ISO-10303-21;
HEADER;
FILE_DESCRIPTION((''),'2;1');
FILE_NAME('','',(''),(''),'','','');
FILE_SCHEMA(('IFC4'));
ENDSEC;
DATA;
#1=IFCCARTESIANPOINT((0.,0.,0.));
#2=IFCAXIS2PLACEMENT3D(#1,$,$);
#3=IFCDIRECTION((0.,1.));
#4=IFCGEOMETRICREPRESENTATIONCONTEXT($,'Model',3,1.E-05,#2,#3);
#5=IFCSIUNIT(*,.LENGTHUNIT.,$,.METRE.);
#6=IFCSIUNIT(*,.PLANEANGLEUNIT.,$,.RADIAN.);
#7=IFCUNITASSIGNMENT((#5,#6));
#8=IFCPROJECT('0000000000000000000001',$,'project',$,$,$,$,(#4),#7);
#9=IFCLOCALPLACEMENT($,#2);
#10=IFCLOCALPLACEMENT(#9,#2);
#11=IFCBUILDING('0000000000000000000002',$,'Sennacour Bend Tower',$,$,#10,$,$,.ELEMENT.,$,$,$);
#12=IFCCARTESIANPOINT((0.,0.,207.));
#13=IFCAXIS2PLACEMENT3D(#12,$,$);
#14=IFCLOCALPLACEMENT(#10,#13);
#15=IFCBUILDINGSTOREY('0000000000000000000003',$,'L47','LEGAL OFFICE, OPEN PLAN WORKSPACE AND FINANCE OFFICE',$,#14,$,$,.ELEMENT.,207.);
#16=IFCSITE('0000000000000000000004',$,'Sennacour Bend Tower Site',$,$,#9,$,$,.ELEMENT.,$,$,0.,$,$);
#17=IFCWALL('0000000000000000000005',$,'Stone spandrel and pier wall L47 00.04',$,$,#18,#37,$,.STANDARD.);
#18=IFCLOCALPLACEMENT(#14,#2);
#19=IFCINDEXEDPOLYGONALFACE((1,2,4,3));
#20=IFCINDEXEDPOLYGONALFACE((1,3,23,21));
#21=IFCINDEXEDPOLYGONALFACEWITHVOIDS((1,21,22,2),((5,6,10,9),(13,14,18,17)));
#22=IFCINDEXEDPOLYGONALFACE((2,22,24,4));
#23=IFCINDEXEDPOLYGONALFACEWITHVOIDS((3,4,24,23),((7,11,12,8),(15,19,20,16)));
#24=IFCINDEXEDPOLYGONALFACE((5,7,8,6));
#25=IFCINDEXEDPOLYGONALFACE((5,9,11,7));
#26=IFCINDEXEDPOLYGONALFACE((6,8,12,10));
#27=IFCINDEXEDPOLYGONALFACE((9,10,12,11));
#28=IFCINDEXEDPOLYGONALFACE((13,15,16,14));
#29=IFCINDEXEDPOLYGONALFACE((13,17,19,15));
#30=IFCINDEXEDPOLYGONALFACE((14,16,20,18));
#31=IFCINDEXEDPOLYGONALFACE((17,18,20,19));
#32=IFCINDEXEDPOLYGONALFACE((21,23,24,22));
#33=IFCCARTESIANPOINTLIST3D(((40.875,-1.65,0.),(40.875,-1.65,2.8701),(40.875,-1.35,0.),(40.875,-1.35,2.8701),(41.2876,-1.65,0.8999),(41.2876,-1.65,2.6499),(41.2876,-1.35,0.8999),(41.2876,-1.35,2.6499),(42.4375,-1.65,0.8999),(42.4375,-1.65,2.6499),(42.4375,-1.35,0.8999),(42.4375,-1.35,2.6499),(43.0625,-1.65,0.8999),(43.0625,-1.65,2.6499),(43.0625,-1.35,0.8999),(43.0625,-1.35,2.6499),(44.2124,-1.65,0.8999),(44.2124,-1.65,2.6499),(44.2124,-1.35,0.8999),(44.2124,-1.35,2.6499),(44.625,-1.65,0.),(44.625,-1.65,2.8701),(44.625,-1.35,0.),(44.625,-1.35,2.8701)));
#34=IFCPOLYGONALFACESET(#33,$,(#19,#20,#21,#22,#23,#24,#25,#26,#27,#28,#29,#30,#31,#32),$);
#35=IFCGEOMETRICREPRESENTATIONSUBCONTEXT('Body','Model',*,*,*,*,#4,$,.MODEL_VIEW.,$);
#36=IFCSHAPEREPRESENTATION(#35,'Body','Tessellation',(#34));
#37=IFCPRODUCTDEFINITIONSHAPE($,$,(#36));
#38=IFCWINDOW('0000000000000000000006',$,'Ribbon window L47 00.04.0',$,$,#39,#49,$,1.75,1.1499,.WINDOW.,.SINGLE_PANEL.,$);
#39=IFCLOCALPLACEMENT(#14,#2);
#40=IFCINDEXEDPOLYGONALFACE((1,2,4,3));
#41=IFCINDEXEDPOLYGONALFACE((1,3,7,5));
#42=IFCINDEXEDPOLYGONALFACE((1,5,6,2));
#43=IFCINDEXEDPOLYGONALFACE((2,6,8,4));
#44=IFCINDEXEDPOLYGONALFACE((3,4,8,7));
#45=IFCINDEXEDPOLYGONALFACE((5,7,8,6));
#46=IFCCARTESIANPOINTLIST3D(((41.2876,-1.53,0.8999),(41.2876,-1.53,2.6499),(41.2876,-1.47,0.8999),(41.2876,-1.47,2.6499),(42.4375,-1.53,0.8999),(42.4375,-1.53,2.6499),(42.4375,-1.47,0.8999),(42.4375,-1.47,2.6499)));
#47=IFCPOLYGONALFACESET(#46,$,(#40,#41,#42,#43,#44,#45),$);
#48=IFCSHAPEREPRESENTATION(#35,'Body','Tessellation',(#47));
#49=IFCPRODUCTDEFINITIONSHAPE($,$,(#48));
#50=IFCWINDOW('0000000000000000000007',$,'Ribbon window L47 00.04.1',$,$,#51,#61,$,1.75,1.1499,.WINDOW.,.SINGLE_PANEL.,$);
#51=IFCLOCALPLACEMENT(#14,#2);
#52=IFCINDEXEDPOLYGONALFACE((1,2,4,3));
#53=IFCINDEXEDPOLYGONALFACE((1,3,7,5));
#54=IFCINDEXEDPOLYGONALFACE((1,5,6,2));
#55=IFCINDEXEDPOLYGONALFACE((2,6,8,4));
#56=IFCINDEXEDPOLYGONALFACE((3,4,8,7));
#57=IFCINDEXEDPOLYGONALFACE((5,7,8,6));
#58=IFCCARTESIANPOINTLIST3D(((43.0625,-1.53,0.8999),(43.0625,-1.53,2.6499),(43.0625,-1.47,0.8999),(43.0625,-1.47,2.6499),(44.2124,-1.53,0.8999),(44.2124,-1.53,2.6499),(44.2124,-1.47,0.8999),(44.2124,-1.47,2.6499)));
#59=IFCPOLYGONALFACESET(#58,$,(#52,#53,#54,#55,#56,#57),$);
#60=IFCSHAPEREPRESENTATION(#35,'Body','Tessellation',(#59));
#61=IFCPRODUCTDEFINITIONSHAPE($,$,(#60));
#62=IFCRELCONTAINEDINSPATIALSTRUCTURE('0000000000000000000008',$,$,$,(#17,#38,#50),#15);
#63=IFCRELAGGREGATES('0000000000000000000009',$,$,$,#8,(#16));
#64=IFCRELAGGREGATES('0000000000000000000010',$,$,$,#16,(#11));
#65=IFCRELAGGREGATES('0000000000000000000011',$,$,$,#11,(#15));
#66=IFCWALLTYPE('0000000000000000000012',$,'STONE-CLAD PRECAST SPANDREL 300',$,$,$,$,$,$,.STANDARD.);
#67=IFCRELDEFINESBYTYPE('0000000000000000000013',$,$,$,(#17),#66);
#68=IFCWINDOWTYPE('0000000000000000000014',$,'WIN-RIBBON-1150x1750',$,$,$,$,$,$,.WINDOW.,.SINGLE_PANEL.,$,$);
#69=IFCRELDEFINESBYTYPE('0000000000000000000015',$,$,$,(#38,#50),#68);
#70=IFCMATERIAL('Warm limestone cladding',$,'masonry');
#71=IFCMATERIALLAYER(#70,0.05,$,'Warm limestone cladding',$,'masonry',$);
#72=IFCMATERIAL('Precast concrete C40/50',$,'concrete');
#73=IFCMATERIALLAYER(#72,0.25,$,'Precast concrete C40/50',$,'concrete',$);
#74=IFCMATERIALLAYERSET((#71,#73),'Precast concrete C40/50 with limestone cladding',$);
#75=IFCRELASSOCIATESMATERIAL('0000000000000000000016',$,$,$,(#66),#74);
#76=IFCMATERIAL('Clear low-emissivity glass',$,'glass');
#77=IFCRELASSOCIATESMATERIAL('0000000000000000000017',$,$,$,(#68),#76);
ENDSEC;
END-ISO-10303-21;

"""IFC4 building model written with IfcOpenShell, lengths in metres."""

from ifc_helpers import new_model, si_unit, direction, frame, frame_2d, origin, place, context, subcontext, project, spatial, rectangle, extrude, material, layer, layer_set, type_object, element, fill, save


model = new_model("IFC4")

# Units and contexts
model_context = context("Model", 3, precision=1e-05, world=origin(), true_north=direction((0.0, 1.0)))
body_context = subcontext(model_context, "Body", "Model", "MODEL_VIEW")
ifc_project = project(units=[si_unit("LENGTHUNIT", "METRE"), si_unit("PLANEANGLEUNIT", "RADIAN")], contexts=[model_context])

# Site, building, storey
site_placement = place(None, origin())
site = spatial("IfcSite", under=ifc_project, at=site_placement, Name="Sennacour Bend Tower Site", CompositionType="ELEMENT", RefElevation=0.0)
building_placement = place(site_placement, origin())
building = spatial("IfcBuilding", under=site, at=building_placement, Name="Sennacour Bend Tower", CompositionType="ELEMENT")
storey_placement = place(building_placement, frame((0.0, 0.0, 207.0)))
storey = spatial("IfcBuildingStorey", under=building, at=storey_placement, Name="L47", Description="LEGAL OFFICE, OPEN PLAN WORKSPACE AND FINANCE OFFICE", CompositionType="ELEMENT", Elevation=207.0)

# Wall, openings, windows
ifc_material_1 = material(Name="Warm limestone cladding", Category="masonry")
ifc_layer_1 = layer(ifc_material_1, 0.05, Name="Warm limestone cladding", Category="masonry")
ifc_material_2 = material(Name="Precast concrete C40/50", Category="concrete")
ifc_layer_2 = layer(ifc_material_2, 0.25, Name="Precast concrete C40/50", Category="concrete")
ifc_layer_set_1 = layer_set([ifc_layer_1, ifc_layer_2], Name="Precast concrete C40/50 with limestone cladding")
wall_type_1 = type_object("IfcWallType", Name="STONE-CLAD PRECAST SPANDREL 300", PredefinedType="STANDARD", material=ifc_layer_set_1)
ifc_material_3 = material(Name="Clear low-emissivity glass", Category="glass")
window_type = type_object("IfcWindowType", Name="WIN-RIBBON-1150x1750", PartitioningType="SINGLE_PANEL", PredefinedType="WINDOW", material=ifc_material_3)
wall_1_placement = place(storey_placement, frame((40.875, -1.5, 0.0), z_axis=(0.0, 0.0, 1.0), x_axis=(1.0, 0.0, 0.0)))
wall_1 = element("IfcWall", 1, at=wall_1_placement, inside=storey, type_object=wall_type_1, Name="Stone spandrel and pier wall L47 00.04", PredefinedType="STANDARD", context=body_context, shape_type="SweptSolid", body=[
    extrude(rectangle(XDim=3.75, YDim=0.3, at=frame_2d((1.875, 0.0))), origin(), (0.0, 0.0, 1.0), 2.8701),
])
opening_1_placement = place(wall_1_placement, frame((0.4126, 0.0, 0.8999)))
opening_1 = element("IfcOpeningElement", 2, at=opening_1_placement, cuts=wall_1, PredefinedType="OPENING", context=body_context, shape_type="SweptSolid", body=[
    extrude(rectangle(XDim=1.1499, YDim=1.75, at=frame_2d((0.575, 0.875))), frame((0.0, 0.1602, 0.0), z_axis=(0.0, -1.0, 0.0), x_axis=(1.0, 0.0, 0.0)), (0.0, 0.0, 1.0), 0.3201),
])
opening_2_placement = place(wall_1_placement, frame((2.1875, 0.0, 0.8999)))
opening_2 = element("IfcOpeningElement", 3, at=opening_2_placement, cuts=wall_1, PredefinedType="OPENING", context=body_context, shape_type="SweptSolid", body=[
    extrude(rectangle(XDim=1.1499, YDim=1.75, at=frame_2d((0.575, 0.875))), frame((0.0, 0.1602, 0.0), z_axis=(0.0, -1.0, 0.0), x_axis=(1.0, 0.0, 0.0)), (0.0, 0.0, 1.0), 0.3201),
])
window_1_placement = place(opening_1_placement, origin())
window_1 = element("IfcWindow", 4, at=window_1_placement, inside=storey, type_object=window_type, Name="Ribbon window L47 00.04.0", OverallHeight=1.75, OverallWidth=1.1499, PartitioningType="SINGLE_PANEL", PredefinedType="WINDOW", context=body_context, shape_type="SweptSolid", body=[
    extrude(rectangle(XDim=1.1499, YDim=1.75, at=frame_2d((0.575, 0.875))), frame((0.0, 0.03, 0.0), z_axis=(0.0, -1.0, 0.0), x_axis=(1.0, 0.0, 0.0)), (0.0, 0.0, 1.0), 0.0601),
])
fill(opening_1, window_1)
window_2_placement = place(opening_2_placement, origin())
window_2 = element("IfcWindow", 5, at=window_2_placement, inside=storey, type_object=window_type, Name="Ribbon window L47 00.04.1", OverallHeight=1.75, OverallWidth=1.1499, PartitioningType="SINGLE_PANEL", PredefinedType="WINDOW", context=body_context, shape_type="SweptSolid", body=[
    extrude(rectangle(XDim=1.1499, YDim=1.75, at=frame_2d((0.575, 0.875))), frame((0.0, 0.03, 0.0), z_axis=(0.0, -1.0, 0.0), x_axis=(1.0, 0.0, 0.0)), (0.0, 0.0, 1.0), 0.0601),
])
fill(opening_2, window_2)

save(model, "model.ifc")
